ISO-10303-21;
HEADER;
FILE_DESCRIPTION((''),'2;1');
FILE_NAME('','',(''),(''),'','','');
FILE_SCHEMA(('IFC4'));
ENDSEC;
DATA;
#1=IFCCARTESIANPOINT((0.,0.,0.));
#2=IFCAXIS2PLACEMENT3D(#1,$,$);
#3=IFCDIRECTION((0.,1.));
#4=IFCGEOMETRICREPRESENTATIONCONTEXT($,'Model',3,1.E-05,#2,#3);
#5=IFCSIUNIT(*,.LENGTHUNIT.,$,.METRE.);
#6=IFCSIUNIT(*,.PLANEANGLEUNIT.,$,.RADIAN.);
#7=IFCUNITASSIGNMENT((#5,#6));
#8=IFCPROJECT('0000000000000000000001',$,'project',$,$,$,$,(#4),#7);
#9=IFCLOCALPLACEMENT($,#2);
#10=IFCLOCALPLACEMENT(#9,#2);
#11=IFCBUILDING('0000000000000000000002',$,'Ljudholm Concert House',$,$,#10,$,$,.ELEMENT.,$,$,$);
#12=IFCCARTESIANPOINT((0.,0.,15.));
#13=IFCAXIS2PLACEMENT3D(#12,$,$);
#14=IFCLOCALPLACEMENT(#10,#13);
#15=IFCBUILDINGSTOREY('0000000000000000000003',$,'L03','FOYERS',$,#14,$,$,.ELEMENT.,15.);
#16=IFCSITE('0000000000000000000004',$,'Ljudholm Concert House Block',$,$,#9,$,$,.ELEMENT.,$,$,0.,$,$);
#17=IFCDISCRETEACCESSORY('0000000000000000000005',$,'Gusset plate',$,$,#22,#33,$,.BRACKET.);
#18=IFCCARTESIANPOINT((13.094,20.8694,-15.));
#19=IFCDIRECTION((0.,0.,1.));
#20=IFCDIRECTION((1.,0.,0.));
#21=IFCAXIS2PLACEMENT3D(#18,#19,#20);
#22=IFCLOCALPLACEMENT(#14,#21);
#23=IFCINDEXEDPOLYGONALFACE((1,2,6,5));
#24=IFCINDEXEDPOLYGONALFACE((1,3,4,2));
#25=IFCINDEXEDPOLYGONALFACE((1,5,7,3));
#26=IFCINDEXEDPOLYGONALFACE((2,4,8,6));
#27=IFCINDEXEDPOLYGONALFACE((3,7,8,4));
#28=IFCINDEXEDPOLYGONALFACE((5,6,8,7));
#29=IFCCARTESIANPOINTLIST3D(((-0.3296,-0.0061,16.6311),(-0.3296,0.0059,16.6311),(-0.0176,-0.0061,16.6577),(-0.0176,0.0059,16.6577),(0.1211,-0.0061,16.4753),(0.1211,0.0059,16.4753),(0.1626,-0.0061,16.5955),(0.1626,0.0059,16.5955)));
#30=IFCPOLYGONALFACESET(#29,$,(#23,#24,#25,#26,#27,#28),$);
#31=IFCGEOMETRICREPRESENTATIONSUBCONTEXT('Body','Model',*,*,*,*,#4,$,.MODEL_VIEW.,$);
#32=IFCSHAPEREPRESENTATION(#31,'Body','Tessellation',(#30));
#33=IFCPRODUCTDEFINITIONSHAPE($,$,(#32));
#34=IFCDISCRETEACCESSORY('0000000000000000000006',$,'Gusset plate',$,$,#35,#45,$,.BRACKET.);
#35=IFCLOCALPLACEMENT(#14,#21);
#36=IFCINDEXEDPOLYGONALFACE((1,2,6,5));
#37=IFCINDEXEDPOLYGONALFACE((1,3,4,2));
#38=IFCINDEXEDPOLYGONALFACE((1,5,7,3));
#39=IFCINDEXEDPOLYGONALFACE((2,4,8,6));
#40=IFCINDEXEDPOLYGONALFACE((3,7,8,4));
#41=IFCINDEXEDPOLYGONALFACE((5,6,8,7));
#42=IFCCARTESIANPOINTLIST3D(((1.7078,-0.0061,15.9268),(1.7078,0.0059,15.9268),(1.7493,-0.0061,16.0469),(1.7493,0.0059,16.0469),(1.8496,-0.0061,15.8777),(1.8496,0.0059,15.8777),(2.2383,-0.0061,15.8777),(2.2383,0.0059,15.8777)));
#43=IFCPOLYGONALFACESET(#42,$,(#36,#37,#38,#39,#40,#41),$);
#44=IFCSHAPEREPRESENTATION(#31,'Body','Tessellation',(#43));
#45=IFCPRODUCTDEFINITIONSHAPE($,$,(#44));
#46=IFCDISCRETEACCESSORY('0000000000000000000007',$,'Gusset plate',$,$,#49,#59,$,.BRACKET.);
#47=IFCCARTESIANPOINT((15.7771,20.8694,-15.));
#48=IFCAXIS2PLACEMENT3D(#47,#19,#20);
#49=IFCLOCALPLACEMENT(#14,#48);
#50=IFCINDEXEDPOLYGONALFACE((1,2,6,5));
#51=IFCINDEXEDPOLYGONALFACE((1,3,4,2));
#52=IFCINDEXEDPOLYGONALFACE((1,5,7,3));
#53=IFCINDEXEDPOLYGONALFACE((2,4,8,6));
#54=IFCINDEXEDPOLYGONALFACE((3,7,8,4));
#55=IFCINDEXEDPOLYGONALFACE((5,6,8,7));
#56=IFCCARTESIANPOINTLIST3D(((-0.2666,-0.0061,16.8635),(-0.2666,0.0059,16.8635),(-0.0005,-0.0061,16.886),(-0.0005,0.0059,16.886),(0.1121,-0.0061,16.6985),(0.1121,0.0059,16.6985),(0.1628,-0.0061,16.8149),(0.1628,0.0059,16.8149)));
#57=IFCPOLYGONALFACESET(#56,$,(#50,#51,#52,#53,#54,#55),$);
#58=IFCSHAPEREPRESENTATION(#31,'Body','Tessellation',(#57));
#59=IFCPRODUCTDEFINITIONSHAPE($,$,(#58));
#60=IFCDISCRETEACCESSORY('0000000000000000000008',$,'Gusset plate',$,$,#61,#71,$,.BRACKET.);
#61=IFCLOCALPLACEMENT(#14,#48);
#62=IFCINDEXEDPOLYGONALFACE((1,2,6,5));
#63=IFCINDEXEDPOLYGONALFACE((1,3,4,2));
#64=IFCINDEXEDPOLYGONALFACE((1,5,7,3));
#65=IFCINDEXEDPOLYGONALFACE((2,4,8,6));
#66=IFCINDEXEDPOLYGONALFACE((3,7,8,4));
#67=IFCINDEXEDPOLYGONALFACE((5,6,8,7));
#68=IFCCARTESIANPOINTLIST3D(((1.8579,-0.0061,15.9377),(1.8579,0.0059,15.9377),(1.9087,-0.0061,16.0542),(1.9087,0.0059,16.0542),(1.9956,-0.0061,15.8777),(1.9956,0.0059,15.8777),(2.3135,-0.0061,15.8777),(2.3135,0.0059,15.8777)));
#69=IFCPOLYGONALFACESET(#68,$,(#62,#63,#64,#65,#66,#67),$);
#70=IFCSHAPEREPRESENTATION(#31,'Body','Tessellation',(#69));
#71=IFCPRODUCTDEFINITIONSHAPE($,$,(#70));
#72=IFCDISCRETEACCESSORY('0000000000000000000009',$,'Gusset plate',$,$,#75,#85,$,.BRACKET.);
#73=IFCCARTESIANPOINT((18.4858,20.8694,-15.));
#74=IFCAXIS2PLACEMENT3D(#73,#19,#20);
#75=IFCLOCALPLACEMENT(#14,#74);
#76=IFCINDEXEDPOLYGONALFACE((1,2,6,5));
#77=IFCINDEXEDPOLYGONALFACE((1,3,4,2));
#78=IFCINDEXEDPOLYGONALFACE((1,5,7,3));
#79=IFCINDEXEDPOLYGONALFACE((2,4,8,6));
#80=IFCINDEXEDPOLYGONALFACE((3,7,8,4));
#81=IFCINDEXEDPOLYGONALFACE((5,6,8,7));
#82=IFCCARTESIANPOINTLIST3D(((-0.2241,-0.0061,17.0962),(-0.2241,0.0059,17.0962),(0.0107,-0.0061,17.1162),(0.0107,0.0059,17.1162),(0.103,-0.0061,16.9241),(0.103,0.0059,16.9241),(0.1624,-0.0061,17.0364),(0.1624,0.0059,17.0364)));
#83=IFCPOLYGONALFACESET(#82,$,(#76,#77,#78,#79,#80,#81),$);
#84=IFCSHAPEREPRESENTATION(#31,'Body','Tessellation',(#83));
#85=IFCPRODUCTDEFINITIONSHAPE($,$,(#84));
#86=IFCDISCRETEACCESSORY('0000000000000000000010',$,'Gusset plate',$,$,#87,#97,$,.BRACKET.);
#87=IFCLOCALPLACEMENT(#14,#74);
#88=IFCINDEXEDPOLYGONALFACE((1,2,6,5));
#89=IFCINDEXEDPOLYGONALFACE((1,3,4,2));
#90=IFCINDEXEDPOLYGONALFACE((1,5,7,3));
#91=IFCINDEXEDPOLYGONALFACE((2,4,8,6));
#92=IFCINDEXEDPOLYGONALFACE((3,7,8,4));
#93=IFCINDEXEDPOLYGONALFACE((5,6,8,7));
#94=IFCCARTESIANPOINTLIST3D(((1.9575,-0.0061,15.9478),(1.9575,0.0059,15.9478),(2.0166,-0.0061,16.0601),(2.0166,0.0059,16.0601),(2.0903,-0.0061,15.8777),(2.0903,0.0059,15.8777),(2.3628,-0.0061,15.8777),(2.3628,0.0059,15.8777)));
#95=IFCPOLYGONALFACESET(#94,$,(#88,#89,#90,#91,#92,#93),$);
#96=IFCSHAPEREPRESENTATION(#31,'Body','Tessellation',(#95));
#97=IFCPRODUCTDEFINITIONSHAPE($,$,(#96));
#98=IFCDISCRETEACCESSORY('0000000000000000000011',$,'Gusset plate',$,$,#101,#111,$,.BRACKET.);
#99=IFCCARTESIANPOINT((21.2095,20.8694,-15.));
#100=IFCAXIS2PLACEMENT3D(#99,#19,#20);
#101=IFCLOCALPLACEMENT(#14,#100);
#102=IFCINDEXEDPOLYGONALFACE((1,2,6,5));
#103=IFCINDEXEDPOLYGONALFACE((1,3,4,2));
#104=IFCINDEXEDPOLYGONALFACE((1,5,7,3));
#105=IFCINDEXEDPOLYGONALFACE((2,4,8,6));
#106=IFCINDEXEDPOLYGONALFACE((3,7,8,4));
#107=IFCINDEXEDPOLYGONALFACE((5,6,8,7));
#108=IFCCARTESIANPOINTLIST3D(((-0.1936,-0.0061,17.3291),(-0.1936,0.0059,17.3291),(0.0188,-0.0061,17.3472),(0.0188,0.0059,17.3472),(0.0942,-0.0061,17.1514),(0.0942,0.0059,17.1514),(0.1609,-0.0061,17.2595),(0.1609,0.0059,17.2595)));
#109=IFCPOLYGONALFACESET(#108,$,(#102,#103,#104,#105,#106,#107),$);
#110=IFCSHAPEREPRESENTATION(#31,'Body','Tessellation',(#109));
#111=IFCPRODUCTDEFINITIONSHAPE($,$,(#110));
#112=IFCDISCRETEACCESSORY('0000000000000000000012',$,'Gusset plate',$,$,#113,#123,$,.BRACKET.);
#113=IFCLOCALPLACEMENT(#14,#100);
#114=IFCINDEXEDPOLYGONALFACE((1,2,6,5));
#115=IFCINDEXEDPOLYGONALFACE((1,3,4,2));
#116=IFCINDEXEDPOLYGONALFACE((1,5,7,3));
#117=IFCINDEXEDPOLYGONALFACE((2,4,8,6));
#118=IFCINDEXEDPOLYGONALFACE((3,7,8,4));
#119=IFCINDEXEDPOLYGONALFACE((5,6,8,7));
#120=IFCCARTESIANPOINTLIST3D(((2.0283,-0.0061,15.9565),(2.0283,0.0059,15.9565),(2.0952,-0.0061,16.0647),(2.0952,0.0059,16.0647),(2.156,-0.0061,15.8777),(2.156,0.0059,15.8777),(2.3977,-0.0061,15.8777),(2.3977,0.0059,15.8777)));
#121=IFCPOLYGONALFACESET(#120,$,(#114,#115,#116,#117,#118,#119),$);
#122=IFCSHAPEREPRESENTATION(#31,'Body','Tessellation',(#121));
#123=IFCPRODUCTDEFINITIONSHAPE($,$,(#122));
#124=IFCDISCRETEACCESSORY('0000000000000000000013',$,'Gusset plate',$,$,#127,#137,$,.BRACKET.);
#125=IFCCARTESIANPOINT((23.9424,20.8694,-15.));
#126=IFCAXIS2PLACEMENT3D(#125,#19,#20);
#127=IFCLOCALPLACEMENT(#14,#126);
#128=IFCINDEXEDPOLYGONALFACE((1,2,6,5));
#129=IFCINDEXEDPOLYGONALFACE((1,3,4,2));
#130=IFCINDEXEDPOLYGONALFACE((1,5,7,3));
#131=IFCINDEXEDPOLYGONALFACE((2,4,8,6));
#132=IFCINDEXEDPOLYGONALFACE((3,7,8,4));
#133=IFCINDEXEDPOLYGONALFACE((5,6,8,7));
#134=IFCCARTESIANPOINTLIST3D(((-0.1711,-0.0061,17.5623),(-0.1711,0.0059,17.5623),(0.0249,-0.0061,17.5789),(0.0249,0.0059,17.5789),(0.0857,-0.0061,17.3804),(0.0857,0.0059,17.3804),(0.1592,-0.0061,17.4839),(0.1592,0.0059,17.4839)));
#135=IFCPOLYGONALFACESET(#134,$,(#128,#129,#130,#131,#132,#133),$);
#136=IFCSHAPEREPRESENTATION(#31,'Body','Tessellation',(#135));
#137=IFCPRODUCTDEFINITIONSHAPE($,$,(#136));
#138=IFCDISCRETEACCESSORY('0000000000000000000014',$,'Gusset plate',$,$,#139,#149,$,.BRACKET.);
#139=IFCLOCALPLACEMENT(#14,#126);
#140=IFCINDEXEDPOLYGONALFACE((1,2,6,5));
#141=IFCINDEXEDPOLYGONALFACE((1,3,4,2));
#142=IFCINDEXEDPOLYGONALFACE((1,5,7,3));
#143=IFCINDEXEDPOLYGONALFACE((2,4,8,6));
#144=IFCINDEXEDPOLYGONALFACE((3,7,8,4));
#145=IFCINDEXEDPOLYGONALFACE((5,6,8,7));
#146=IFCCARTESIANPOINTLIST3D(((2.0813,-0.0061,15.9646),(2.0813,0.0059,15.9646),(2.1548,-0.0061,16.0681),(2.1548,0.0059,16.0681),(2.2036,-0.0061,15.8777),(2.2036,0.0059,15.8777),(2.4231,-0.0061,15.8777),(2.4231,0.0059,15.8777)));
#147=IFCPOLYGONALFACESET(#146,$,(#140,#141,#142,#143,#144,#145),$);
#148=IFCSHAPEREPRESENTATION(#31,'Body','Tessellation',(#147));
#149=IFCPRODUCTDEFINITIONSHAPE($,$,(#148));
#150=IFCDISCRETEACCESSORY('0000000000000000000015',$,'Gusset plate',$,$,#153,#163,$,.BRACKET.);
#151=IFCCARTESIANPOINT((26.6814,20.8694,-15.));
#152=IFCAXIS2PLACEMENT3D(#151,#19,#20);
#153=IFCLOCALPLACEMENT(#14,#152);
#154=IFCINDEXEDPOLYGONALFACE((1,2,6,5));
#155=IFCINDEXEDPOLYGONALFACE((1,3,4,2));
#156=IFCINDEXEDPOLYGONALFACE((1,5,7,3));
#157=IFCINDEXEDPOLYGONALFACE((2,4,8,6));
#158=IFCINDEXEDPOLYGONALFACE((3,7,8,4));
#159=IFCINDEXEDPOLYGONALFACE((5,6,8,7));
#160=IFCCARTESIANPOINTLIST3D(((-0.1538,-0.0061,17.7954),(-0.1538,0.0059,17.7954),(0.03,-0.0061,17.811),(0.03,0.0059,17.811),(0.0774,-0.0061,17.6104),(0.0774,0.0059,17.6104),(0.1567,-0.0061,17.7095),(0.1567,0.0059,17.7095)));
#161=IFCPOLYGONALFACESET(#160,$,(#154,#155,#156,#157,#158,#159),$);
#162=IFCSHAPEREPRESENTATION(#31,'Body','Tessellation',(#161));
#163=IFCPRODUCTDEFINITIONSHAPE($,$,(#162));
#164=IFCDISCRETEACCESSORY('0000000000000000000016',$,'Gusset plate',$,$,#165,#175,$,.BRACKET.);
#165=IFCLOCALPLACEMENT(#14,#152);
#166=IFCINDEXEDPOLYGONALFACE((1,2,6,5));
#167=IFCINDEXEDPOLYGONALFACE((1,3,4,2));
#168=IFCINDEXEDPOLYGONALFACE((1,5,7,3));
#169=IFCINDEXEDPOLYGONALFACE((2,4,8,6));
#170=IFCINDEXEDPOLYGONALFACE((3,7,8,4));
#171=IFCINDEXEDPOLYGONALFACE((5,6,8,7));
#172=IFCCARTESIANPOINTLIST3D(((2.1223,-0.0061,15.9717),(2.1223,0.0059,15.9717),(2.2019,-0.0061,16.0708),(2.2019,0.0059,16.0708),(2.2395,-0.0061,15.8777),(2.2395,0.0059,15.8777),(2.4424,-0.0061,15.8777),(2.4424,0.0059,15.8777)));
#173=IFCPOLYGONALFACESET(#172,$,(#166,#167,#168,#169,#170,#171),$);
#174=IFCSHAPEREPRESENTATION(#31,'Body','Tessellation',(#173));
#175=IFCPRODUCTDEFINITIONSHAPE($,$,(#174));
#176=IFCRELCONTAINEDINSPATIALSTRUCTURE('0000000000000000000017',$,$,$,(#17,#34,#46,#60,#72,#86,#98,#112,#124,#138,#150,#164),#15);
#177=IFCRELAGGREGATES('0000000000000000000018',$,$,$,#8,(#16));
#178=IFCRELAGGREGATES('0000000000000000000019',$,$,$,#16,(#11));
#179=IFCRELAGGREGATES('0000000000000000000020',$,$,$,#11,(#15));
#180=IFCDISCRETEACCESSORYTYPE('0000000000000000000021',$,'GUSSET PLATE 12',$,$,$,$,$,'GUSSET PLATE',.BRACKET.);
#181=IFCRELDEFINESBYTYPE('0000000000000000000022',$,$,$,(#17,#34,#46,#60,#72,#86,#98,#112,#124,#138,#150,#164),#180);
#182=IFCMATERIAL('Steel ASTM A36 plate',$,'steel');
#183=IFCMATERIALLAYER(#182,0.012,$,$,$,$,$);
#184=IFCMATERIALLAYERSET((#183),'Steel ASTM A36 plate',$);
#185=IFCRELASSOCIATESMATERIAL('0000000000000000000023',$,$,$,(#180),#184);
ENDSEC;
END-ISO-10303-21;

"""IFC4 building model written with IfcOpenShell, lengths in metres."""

from ifc_helpers import new_model, si_unit, direction, frame, origin, place, context, subcontext, project, spatial, polyline, outline, extrude, material, layer, layer_set, type_object, element, save


model = new_model("IFC4")

# Units and contexts
model_context = context("Model", 3, precision=1e-05, world=origin(), true_north=direction((0.0, 1.0)))
body_context = subcontext(model_context, "Body", "Model", "MODEL_VIEW")
ifc_project = project(units=[si_unit("LENGTHUNIT", "METRE"), si_unit("PLANEANGLEUNIT", "RADIAN")], contexts=[model_context])

# Site, building, storey
site_placement = place(None, origin())
site = spatial("IfcSite", under=ifc_project, at=site_placement, Name="Ljudholm Concert House Block", CompositionType="ELEMENT", RefElevation=0.0)
building_placement = place(site_placement, origin())
building = spatial("IfcBuilding", under=site, at=building_placement, Name="Ljudholm Concert House", CompositionType="ELEMENT")
storey_placement = place(building_placement, frame((0.0, 0.0, 15.0)))
storey = spatial("IfcBuildingStorey", under=building, at=storey_placement, Name="L03", Description="FOYERS", CompositionType="ELEMENT", Elevation=15.0)

# Discrete accessories
ifc_material_1 = material(Name="Steel ASTM A36 plate", Category="steel")
ifc_layer_1 = layer(ifc_material_1, 0.012)
ifc_layer_set_1 = layer_set([ifc_layer_1], Name="Steel ASTM A36 plate")
discrete_accessory_type = type_object("IfcDiscreteAccessoryType", Name="GUSSET PLATE 12", ElementType="GUSSET PLATE", PredefinedType="BRACKET", material=ifc_layer_set_1)
discrete_accessory_1_placement = place(storey_placement, frame((13.094, 20.8694, -15.0), z_axis=(0.0, 0.0, 1.0), x_axis=(1.0, 0.0, 0.0)))
element("IfcDiscreteAccessory", 1, at=discrete_accessory_1_placement, inside=storey, type_object=discrete_accessory_type, Name="Gusset plate", PredefinedType="BRACKET", context=body_context, shape_type="SweptSolid", body=[
    extrude(outline(polyline([(0.1211, 16.4753), (-0.3296, 16.6311), (-0.0176, 16.6577), (0.1626, 16.5955), (0.1211, 16.4753)])), frame((0.0, 0.0059, 0.0), z_axis=(0.0, -1.0, 0.0), x_axis=(1.0, 0.0, 0.0)), (0.0, 0.0, 1.0), 0.012),
])
discrete_accessory_2_placement = place(storey_placement, frame((13.094, 20.8694, -15.0), z_axis=(0.0, 0.0, 1.0), x_axis=(1.0, 0.0, 0.0)))
element("IfcDiscreteAccessory", 2, at=discrete_accessory_2_placement, inside=storey, type_object=discrete_accessory_type, Name="Gusset plate", PredefinedType="BRACKET", context=body_context, shape_type="SweptSolid", body=[
    extrude(outline(polyline([(1.7493, 16.0469), (2.2383, 15.8777), (1.8496, 15.8777), (1.7078, 15.9268), (1.7493, 16.0469)])), frame((0.0, 0.0059, 0.0), z_axis=(0.0, -1.0, 0.0), x_axis=(1.0, 0.0, 0.0)), (0.0, 0.0, 1.0), 0.012),
])
discrete_accessory_3_placement = place(storey_placement, frame((15.7771, 20.8694, -15.0), z_axis=(0.0, 0.0, 1.0), x_axis=(1.0, 0.0, 0.0)))
element("IfcDiscreteAccessory", 3, at=discrete_accessory_3_placement, inside=storey, type_object=discrete_accessory_type, Name="Gusset plate", PredefinedType="BRACKET", context=body_context, shape_type="SweptSolid", body=[
    extrude(outline(polyline([(0.1121, 16.6985), (-0.2666, 16.8635), (-0.0005, 16.886), (0.1628, 16.8149), (0.1121, 16.6985)])), frame((0.0, 0.0059, 0.0), z_axis=(0.0, -1.0, 0.0), x_axis=(1.0, 0.0, 0.0)), (0.0, 0.0, 1.0), 0.012),
])
discrete_accessory_4_placement = place(storey_placement, frame((15.7771, 20.8694, -15.0), z_axis=(0.0, 0.0, 1.0), x_axis=(1.0, 0.0, 0.0)))
element("IfcDiscreteAccessory", 4, at=discrete_accessory_4_placement, inside=storey, type_object=discrete_accessory_type, Name="Gusset plate", PredefinedType="BRACKET", context=body_context, shape_type="SweptSolid", body=[
    extrude(outline(polyline([(1.9087, 16.0542), (2.3135, 15.8777), (1.9956, 15.8777), (1.8579, 15.9377), (1.9087, 16.0542)])), frame((0.0, 0.0059, 0.0), z_axis=(0.0, -1.0, 0.0), x_axis=(1.0, 0.0, 0.0)), (0.0, 0.0, 1.0), 0.012),
])
discrete_accessory_5_placement = place(storey_placement, frame((18.4858, 20.8694, -15.0), z_axis=(0.0, 0.0, 1.0), x_axis=(1.0, 0.0, 0.0)))
element("IfcDiscreteAccessory", 5, at=discrete_accessory_5_placement, inside=storey, type_object=discrete_accessory_type, Name="Gusset plate", PredefinedType="BRACKET", context=body_context, shape_type="SweptSolid", body=[
    extrude(outline(polyline([(0.103, 16.9241), (-0.2241, 17.0962), (0.0107, 17.1162), (0.1624, 17.0364), (0.103, 16.9241)])), frame((0.0, 0.0059, 0.0), z_axis=(0.0, -1.0, 0.0), x_axis=(1.0, 0.0, 0.0)), (0.0, 0.0, 1.0), 0.012),
])
discrete_accessory_6_placement = place(storey_placement, frame((18.4858, 20.8694, -15.0), z_axis=(0.0, 0.0, 1.0), x_axis=(1.0, 0.0, 0.0)))
element("IfcDiscreteAccessory", 6, at=discrete_accessory_6_placement, inside=storey, type_object=discrete_accessory_type, Name="Gusset plate", PredefinedType="BRACKET", context=body_context, shape_type="SweptSolid", body=[
    extrude(outline(polyline([(2.0166, 16.0601), (2.3628, 15.8777), (2.0903, 15.8777), (1.9575, 15.9478), (2.0166, 16.0601)])), frame((0.0, 0.0059, 0.0), z_axis=(0.0, -1.0, 0.0), x_axis=(1.0, 0.0, 0.0)), (0.0, 0.0, 1.0), 0.012),
])
discrete_accessory_7_placement = place(storey_placement, frame((21.2095, 20.8694, -15.0), z_axis=(0.0, 0.0, 1.0), x_axis=(1.0, 0.0, 0.0)))
element("IfcDiscreteAccessory", 7, at=discrete_accessory_7_placement, inside=storey, type_object=discrete_accessory_type, Name="Gusset plate", PredefinedType="BRACKET", context=body_context, shape_type="SweptSolid", body=[
    extrude(outline(polyline([(0.0942, 17.1514), (-0.1936, 17.3291), (0.0188, 17.3472), (0.1609, 17.2595), (0.0942, 17.1514)])), frame((0.0, 0.0059, 0.0), z_axis=(0.0, -1.0, 0.0), x_axis=(1.0, 0.0, 0.0)), (0.0, 0.0, 1.0), 0.012),
])
discrete_accessory_8_placement = place(storey_placement, frame((21.2095, 20.8694, -15.0), z_axis=(0.0, 0.0, 1.0), x_axis=(1.0, 0.0, 0.0)))
element("IfcDiscreteAccessory", 8, at=discrete_accessory_8_placement, inside=storey, type_object=discrete_accessory_type, Name="Gusset plate", PredefinedType="BRACKET", context=body_context, shape_type="SweptSolid", body=[
    extrude(outline(polyline([(2.0952, 16.0647), (2.3977, 15.8777), (2.156, 15.8777), (2.0283, 15.9565), (2.0952, 16.0647)])), frame((0.0, 0.0059, 0.0), z_axis=(0.0, -1.0, 0.0), x_axis=(1.0, 0.0, 0.0)), (0.0, 0.0, 1.0), 0.012),
])
discrete_accessory_9_placement = place(storey_placement, frame((23.9424, 20.8694, -15.0), z_axis=(0.0, 0.0, 1.0), x_axis=(1.0, 0.0, 0.0)))
element("IfcDiscreteAccessory", 9, at=discrete_accessory_9_placement, inside=storey, type_object=discrete_accessory_type, Name="Gusset plate", PredefinedType="BRACKET", context=body_context, shape_type="SweptSolid", body=[
    extrude(outline(polyline([(0.0857, 17.3804), (-0.1711, 17.5623), (0.0249, 17.5789), (0.1592, 17.4839), (0.0857, 17.3804)])), frame((0.0, 0.0059, 0.0), z_axis=(0.0, -1.0, 0.0), x_axis=(1.0, 0.0, 0.0)), (0.0, 0.0, 1.0), 0.012),
])
discrete_accessory_10_placement = place(storey_placement, frame((23.9424, 20.8694, -15.0), z_axis=(0.0, 0.0, 1.0), x_axis=(1.0, 0.0, 0.0)))
element("IfcDiscreteAccessory", 10, at=discrete_accessory_10_placement, inside=storey, type_object=discrete_accessory_type, Name="Gusset plate", PredefinedType="BRACKET", context=body_context, shape_type="SweptSolid", body=[
    extrude(outline(polyline([(2.1548, 16.0681), (2.4231, 15.8777), (2.2036, 15.8777), (2.0813, 15.9646), (2.1548, 16.0681)])), frame((0.0, 0.0059, 0.0), z_axis=(0.0, -1.0, 0.0), x_axis=(1.0, 0.0, 0.0)), (0.0, 0.0, 1.0), 0.012),
])
discrete_accessory_11_placement = place(storey_placement, frame((26.6814, 20.8694, -15.0), z_axis=(0.0, 0.0, 1.0), x_axis=(1.0, 0.0, 0.0)))
element("IfcDiscreteAccessory", 11, at=discrete_accessory_11_placement, inside=storey, type_object=discrete_accessory_type, Name="Gusset plate", PredefinedType="BRACKET", context=body_context, shape_type="SweptSolid", body=[
    extrude(outline(polyline([(0.0774, 17.6104), (-0.1538, 17.7954), (0.03, 17.811), (0.1567, 17.7095), (0.0774, 17.6104)])), frame((0.0, 0.0059, 0.0), z_axis=(0.0, -1.0, 0.0), x_axis=(1.0, 0.0, 0.0)), (0.0, 0.0, 1.0), 0.012),
])
discrete_accessory_12_placement = place(storey_placement, frame((26.6814, 20.8694, -15.0), z_axis=(0.0, 0.0, 1.0), x_axis=(1.0, 0.0, 0.0)))
element("IfcDiscreteAccessory", 12, at=discrete_accessory_12_placement, inside=storey, type_object=discrete_accessory_type, Name="Gusset plate", PredefinedType="BRACKET", context=body_context, shape_type="SweptSolid", body=[
    extrude(outline(polyline([(2.2019, 16.0708), (2.4424, 15.8777), (2.2395, 15.8777), (2.1223, 15.9717), (2.2019, 16.0708)])), frame((0.0, 0.0059, 0.0), z_axis=(0.0, -1.0, 0.0), x_axis=(1.0, 0.0, 0.0)), (0.0, 0.0, 1.0), 0.012),
])

save(model, "model.ifc")
